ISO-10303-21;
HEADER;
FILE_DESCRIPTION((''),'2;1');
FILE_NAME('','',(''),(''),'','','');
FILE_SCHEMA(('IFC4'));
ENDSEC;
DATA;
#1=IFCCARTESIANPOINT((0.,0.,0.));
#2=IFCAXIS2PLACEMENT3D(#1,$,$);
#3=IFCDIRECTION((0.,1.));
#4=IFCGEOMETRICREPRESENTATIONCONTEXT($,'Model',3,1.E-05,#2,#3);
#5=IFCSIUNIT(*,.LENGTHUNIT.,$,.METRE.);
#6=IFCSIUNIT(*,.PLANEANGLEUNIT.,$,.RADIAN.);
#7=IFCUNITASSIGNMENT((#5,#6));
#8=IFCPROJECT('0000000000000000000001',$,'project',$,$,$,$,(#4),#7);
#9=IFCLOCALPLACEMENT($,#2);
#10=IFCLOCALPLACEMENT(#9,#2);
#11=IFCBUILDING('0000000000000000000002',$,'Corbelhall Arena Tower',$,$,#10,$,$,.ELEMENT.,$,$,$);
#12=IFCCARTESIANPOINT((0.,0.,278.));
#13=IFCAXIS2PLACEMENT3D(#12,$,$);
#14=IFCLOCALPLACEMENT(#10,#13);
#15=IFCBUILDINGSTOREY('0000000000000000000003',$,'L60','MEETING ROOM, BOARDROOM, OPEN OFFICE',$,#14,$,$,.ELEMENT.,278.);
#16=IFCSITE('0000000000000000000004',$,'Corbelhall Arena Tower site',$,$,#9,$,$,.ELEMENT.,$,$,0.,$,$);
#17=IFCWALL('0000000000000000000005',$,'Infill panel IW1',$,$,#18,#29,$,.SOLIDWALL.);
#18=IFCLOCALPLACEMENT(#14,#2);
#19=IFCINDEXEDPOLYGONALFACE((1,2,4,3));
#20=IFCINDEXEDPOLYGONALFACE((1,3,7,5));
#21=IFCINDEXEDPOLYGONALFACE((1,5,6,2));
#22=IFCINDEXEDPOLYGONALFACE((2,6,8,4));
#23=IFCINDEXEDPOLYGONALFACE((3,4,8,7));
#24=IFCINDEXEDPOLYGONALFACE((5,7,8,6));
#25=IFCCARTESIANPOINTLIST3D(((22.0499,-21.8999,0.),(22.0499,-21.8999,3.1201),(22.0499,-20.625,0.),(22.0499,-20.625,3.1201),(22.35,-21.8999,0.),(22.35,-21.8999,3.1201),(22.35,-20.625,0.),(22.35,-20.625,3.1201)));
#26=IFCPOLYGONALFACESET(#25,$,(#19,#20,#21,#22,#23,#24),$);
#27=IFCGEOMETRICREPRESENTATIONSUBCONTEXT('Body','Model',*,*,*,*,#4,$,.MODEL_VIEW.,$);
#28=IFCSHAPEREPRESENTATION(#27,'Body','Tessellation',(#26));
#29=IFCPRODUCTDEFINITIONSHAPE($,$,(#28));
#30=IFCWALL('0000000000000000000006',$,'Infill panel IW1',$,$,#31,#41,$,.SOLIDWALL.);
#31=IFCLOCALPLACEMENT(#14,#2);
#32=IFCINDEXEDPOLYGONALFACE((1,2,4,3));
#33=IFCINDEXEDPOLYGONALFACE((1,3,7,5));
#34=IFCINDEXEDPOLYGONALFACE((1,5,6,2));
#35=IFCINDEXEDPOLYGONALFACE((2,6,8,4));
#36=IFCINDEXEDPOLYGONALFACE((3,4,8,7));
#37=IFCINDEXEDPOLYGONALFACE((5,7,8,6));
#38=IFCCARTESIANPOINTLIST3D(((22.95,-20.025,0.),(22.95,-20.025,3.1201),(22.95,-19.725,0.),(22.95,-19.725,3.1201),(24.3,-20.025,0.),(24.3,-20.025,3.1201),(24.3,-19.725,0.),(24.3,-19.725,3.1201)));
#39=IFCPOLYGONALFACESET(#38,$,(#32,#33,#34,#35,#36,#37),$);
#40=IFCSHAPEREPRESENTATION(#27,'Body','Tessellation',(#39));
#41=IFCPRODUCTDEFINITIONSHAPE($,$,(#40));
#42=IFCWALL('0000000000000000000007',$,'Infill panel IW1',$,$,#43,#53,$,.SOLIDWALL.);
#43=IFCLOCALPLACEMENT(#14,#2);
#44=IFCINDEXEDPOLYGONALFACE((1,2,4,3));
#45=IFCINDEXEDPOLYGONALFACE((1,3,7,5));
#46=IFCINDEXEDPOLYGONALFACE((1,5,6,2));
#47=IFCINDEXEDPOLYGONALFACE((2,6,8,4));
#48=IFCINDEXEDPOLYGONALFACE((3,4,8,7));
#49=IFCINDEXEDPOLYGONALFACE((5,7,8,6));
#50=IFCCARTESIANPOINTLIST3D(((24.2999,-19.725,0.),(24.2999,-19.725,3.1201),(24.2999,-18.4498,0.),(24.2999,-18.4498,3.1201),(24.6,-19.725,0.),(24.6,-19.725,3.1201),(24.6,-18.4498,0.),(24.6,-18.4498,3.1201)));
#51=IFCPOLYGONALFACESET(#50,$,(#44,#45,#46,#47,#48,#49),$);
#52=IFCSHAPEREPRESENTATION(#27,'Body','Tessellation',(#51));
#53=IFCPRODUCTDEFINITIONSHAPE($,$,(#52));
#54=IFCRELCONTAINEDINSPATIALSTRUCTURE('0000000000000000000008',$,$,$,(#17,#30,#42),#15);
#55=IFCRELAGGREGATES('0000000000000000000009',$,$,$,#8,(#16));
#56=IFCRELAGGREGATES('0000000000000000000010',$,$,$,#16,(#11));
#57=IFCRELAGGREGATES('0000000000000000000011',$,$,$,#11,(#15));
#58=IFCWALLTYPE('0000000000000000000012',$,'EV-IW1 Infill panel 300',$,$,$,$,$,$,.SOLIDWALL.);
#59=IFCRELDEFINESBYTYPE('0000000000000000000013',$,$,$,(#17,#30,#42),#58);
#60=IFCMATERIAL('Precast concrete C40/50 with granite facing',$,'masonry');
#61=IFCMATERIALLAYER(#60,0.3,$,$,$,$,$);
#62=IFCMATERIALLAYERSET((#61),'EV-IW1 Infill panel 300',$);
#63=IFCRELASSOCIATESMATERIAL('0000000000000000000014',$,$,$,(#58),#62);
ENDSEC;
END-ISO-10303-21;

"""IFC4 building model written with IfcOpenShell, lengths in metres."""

from ifc_helpers import new_model, si_unit, direction, frame, frame_2d, origin, place, context, subcontext, project, spatial, rectangle, extrude, material, layer, layer_set, type_object, element, save


model = new_model("IFC4")

# Units and contexts
model_context = context("Model", 3, precision=1e-05, world=origin(), true_north=direction((0.0, 1.0)))
body_context = subcontext(model_context, "Body", "Model", "MODEL_VIEW")
ifc_project = project(units=[si_unit("LENGTHUNIT", "METRE"), si_unit("PLANEANGLEUNIT", "RADIAN")], contexts=[model_context])

# Site, building, storey
site_placement = place(None, origin())
site = spatial("IfcSite", under=ifc_project, at=site_placement, Name="Corbelhall Arena Tower site", CompositionType="ELEMENT", RefElevation=0.0)
building_placement = place(site_placement, origin())
building = spatial("IfcBuilding", under=site, at=building_placement, Name="Corbelhall Arena Tower", CompositionType="ELEMENT")
storey_placement = place(building_placement, frame((0.0, 0.0, 278.0)))
storey = spatial("IfcBuildingStorey", under=building, at=storey_placement, Name="L60", Description="MEETING ROOM, BOARDROOM, OPEN OFFICE", CompositionType="ELEMENT", Elevation=278.0)

# Shared definitions
ifc_material_1 = material(Name="Precast concrete C40/50 with granite facing", Category="masonry")
ifc_layer_1 = layer(ifc_material_1, 0.3)
ifc_layer_set_1 = layer_set([ifc_layer_1], Name="EV-IW1 Infill panel 300")
wall_type_1 = type_object("IfcWallType", Name="EV-IW1 Infill panel 300", PredefinedType="SOLIDWALL", material=ifc_layer_set_1)

# Walls
wall_1_placement = place(storey_placement, frame((22.2, -21.8999, 0.0), z_axis=(0.0, 0.0, 1.0), x_axis=(0.0, 1.0, 0.0)))
element("IfcWall", 1, at=wall_1_placement, inside=storey, type_object=wall_type_1, Name="Infill panel IW1", PredefinedType="SOLIDWALL", context=body_context, shape_type="SweptSolid", body=[
    extrude(rectangle(XDim=1.2749, YDim=0.3, at=frame_2d((0.6375, 0.0))), origin(), (0.0, 0.0, 1.0), 3.1201),
])
wall_2_placement = place(storey_placement, frame((22.95, -19.875, 0.0), z_axis=(0.0, 0.0, 1.0), x_axis=(1.0, 0.0, 0.0)))
element("IfcWall", 2, at=wall_2_placement, inside=storey, type_object=wall_type_1, Name="Infill panel IW1", PredefinedType="SOLIDWALL", context=body_context, shape_type="SweptSolid", body=[
    extrude(rectangle(XDim=1.3501, YDim=0.3, at=frame_2d((0.675, 0.0))), origin(), (0.0, 0.0, 1.0), 3.1201),
])
wall_3_placement = place(storey_placement, frame((24.45, -19.7251, 0.0), z_axis=(0.0, 0.0, 1.0), x_axis=(0.0, 1.0, 0.0)))
element("IfcWall", 3, at=wall_3_placement, inside=storey, type_object=wall_type_1, Name="Infill panel IW1", PredefinedType="SOLIDWALL", context=body_context, shape_type="SweptSolid", body=[
    extrude(rectangle(XDim=1.2751, YDim=0.3, at=frame_2d((0.6377, 0.0))), origin(), (0.0, 0.0, 1.0), 3.1201),
])

save(model, "model.ifc")
